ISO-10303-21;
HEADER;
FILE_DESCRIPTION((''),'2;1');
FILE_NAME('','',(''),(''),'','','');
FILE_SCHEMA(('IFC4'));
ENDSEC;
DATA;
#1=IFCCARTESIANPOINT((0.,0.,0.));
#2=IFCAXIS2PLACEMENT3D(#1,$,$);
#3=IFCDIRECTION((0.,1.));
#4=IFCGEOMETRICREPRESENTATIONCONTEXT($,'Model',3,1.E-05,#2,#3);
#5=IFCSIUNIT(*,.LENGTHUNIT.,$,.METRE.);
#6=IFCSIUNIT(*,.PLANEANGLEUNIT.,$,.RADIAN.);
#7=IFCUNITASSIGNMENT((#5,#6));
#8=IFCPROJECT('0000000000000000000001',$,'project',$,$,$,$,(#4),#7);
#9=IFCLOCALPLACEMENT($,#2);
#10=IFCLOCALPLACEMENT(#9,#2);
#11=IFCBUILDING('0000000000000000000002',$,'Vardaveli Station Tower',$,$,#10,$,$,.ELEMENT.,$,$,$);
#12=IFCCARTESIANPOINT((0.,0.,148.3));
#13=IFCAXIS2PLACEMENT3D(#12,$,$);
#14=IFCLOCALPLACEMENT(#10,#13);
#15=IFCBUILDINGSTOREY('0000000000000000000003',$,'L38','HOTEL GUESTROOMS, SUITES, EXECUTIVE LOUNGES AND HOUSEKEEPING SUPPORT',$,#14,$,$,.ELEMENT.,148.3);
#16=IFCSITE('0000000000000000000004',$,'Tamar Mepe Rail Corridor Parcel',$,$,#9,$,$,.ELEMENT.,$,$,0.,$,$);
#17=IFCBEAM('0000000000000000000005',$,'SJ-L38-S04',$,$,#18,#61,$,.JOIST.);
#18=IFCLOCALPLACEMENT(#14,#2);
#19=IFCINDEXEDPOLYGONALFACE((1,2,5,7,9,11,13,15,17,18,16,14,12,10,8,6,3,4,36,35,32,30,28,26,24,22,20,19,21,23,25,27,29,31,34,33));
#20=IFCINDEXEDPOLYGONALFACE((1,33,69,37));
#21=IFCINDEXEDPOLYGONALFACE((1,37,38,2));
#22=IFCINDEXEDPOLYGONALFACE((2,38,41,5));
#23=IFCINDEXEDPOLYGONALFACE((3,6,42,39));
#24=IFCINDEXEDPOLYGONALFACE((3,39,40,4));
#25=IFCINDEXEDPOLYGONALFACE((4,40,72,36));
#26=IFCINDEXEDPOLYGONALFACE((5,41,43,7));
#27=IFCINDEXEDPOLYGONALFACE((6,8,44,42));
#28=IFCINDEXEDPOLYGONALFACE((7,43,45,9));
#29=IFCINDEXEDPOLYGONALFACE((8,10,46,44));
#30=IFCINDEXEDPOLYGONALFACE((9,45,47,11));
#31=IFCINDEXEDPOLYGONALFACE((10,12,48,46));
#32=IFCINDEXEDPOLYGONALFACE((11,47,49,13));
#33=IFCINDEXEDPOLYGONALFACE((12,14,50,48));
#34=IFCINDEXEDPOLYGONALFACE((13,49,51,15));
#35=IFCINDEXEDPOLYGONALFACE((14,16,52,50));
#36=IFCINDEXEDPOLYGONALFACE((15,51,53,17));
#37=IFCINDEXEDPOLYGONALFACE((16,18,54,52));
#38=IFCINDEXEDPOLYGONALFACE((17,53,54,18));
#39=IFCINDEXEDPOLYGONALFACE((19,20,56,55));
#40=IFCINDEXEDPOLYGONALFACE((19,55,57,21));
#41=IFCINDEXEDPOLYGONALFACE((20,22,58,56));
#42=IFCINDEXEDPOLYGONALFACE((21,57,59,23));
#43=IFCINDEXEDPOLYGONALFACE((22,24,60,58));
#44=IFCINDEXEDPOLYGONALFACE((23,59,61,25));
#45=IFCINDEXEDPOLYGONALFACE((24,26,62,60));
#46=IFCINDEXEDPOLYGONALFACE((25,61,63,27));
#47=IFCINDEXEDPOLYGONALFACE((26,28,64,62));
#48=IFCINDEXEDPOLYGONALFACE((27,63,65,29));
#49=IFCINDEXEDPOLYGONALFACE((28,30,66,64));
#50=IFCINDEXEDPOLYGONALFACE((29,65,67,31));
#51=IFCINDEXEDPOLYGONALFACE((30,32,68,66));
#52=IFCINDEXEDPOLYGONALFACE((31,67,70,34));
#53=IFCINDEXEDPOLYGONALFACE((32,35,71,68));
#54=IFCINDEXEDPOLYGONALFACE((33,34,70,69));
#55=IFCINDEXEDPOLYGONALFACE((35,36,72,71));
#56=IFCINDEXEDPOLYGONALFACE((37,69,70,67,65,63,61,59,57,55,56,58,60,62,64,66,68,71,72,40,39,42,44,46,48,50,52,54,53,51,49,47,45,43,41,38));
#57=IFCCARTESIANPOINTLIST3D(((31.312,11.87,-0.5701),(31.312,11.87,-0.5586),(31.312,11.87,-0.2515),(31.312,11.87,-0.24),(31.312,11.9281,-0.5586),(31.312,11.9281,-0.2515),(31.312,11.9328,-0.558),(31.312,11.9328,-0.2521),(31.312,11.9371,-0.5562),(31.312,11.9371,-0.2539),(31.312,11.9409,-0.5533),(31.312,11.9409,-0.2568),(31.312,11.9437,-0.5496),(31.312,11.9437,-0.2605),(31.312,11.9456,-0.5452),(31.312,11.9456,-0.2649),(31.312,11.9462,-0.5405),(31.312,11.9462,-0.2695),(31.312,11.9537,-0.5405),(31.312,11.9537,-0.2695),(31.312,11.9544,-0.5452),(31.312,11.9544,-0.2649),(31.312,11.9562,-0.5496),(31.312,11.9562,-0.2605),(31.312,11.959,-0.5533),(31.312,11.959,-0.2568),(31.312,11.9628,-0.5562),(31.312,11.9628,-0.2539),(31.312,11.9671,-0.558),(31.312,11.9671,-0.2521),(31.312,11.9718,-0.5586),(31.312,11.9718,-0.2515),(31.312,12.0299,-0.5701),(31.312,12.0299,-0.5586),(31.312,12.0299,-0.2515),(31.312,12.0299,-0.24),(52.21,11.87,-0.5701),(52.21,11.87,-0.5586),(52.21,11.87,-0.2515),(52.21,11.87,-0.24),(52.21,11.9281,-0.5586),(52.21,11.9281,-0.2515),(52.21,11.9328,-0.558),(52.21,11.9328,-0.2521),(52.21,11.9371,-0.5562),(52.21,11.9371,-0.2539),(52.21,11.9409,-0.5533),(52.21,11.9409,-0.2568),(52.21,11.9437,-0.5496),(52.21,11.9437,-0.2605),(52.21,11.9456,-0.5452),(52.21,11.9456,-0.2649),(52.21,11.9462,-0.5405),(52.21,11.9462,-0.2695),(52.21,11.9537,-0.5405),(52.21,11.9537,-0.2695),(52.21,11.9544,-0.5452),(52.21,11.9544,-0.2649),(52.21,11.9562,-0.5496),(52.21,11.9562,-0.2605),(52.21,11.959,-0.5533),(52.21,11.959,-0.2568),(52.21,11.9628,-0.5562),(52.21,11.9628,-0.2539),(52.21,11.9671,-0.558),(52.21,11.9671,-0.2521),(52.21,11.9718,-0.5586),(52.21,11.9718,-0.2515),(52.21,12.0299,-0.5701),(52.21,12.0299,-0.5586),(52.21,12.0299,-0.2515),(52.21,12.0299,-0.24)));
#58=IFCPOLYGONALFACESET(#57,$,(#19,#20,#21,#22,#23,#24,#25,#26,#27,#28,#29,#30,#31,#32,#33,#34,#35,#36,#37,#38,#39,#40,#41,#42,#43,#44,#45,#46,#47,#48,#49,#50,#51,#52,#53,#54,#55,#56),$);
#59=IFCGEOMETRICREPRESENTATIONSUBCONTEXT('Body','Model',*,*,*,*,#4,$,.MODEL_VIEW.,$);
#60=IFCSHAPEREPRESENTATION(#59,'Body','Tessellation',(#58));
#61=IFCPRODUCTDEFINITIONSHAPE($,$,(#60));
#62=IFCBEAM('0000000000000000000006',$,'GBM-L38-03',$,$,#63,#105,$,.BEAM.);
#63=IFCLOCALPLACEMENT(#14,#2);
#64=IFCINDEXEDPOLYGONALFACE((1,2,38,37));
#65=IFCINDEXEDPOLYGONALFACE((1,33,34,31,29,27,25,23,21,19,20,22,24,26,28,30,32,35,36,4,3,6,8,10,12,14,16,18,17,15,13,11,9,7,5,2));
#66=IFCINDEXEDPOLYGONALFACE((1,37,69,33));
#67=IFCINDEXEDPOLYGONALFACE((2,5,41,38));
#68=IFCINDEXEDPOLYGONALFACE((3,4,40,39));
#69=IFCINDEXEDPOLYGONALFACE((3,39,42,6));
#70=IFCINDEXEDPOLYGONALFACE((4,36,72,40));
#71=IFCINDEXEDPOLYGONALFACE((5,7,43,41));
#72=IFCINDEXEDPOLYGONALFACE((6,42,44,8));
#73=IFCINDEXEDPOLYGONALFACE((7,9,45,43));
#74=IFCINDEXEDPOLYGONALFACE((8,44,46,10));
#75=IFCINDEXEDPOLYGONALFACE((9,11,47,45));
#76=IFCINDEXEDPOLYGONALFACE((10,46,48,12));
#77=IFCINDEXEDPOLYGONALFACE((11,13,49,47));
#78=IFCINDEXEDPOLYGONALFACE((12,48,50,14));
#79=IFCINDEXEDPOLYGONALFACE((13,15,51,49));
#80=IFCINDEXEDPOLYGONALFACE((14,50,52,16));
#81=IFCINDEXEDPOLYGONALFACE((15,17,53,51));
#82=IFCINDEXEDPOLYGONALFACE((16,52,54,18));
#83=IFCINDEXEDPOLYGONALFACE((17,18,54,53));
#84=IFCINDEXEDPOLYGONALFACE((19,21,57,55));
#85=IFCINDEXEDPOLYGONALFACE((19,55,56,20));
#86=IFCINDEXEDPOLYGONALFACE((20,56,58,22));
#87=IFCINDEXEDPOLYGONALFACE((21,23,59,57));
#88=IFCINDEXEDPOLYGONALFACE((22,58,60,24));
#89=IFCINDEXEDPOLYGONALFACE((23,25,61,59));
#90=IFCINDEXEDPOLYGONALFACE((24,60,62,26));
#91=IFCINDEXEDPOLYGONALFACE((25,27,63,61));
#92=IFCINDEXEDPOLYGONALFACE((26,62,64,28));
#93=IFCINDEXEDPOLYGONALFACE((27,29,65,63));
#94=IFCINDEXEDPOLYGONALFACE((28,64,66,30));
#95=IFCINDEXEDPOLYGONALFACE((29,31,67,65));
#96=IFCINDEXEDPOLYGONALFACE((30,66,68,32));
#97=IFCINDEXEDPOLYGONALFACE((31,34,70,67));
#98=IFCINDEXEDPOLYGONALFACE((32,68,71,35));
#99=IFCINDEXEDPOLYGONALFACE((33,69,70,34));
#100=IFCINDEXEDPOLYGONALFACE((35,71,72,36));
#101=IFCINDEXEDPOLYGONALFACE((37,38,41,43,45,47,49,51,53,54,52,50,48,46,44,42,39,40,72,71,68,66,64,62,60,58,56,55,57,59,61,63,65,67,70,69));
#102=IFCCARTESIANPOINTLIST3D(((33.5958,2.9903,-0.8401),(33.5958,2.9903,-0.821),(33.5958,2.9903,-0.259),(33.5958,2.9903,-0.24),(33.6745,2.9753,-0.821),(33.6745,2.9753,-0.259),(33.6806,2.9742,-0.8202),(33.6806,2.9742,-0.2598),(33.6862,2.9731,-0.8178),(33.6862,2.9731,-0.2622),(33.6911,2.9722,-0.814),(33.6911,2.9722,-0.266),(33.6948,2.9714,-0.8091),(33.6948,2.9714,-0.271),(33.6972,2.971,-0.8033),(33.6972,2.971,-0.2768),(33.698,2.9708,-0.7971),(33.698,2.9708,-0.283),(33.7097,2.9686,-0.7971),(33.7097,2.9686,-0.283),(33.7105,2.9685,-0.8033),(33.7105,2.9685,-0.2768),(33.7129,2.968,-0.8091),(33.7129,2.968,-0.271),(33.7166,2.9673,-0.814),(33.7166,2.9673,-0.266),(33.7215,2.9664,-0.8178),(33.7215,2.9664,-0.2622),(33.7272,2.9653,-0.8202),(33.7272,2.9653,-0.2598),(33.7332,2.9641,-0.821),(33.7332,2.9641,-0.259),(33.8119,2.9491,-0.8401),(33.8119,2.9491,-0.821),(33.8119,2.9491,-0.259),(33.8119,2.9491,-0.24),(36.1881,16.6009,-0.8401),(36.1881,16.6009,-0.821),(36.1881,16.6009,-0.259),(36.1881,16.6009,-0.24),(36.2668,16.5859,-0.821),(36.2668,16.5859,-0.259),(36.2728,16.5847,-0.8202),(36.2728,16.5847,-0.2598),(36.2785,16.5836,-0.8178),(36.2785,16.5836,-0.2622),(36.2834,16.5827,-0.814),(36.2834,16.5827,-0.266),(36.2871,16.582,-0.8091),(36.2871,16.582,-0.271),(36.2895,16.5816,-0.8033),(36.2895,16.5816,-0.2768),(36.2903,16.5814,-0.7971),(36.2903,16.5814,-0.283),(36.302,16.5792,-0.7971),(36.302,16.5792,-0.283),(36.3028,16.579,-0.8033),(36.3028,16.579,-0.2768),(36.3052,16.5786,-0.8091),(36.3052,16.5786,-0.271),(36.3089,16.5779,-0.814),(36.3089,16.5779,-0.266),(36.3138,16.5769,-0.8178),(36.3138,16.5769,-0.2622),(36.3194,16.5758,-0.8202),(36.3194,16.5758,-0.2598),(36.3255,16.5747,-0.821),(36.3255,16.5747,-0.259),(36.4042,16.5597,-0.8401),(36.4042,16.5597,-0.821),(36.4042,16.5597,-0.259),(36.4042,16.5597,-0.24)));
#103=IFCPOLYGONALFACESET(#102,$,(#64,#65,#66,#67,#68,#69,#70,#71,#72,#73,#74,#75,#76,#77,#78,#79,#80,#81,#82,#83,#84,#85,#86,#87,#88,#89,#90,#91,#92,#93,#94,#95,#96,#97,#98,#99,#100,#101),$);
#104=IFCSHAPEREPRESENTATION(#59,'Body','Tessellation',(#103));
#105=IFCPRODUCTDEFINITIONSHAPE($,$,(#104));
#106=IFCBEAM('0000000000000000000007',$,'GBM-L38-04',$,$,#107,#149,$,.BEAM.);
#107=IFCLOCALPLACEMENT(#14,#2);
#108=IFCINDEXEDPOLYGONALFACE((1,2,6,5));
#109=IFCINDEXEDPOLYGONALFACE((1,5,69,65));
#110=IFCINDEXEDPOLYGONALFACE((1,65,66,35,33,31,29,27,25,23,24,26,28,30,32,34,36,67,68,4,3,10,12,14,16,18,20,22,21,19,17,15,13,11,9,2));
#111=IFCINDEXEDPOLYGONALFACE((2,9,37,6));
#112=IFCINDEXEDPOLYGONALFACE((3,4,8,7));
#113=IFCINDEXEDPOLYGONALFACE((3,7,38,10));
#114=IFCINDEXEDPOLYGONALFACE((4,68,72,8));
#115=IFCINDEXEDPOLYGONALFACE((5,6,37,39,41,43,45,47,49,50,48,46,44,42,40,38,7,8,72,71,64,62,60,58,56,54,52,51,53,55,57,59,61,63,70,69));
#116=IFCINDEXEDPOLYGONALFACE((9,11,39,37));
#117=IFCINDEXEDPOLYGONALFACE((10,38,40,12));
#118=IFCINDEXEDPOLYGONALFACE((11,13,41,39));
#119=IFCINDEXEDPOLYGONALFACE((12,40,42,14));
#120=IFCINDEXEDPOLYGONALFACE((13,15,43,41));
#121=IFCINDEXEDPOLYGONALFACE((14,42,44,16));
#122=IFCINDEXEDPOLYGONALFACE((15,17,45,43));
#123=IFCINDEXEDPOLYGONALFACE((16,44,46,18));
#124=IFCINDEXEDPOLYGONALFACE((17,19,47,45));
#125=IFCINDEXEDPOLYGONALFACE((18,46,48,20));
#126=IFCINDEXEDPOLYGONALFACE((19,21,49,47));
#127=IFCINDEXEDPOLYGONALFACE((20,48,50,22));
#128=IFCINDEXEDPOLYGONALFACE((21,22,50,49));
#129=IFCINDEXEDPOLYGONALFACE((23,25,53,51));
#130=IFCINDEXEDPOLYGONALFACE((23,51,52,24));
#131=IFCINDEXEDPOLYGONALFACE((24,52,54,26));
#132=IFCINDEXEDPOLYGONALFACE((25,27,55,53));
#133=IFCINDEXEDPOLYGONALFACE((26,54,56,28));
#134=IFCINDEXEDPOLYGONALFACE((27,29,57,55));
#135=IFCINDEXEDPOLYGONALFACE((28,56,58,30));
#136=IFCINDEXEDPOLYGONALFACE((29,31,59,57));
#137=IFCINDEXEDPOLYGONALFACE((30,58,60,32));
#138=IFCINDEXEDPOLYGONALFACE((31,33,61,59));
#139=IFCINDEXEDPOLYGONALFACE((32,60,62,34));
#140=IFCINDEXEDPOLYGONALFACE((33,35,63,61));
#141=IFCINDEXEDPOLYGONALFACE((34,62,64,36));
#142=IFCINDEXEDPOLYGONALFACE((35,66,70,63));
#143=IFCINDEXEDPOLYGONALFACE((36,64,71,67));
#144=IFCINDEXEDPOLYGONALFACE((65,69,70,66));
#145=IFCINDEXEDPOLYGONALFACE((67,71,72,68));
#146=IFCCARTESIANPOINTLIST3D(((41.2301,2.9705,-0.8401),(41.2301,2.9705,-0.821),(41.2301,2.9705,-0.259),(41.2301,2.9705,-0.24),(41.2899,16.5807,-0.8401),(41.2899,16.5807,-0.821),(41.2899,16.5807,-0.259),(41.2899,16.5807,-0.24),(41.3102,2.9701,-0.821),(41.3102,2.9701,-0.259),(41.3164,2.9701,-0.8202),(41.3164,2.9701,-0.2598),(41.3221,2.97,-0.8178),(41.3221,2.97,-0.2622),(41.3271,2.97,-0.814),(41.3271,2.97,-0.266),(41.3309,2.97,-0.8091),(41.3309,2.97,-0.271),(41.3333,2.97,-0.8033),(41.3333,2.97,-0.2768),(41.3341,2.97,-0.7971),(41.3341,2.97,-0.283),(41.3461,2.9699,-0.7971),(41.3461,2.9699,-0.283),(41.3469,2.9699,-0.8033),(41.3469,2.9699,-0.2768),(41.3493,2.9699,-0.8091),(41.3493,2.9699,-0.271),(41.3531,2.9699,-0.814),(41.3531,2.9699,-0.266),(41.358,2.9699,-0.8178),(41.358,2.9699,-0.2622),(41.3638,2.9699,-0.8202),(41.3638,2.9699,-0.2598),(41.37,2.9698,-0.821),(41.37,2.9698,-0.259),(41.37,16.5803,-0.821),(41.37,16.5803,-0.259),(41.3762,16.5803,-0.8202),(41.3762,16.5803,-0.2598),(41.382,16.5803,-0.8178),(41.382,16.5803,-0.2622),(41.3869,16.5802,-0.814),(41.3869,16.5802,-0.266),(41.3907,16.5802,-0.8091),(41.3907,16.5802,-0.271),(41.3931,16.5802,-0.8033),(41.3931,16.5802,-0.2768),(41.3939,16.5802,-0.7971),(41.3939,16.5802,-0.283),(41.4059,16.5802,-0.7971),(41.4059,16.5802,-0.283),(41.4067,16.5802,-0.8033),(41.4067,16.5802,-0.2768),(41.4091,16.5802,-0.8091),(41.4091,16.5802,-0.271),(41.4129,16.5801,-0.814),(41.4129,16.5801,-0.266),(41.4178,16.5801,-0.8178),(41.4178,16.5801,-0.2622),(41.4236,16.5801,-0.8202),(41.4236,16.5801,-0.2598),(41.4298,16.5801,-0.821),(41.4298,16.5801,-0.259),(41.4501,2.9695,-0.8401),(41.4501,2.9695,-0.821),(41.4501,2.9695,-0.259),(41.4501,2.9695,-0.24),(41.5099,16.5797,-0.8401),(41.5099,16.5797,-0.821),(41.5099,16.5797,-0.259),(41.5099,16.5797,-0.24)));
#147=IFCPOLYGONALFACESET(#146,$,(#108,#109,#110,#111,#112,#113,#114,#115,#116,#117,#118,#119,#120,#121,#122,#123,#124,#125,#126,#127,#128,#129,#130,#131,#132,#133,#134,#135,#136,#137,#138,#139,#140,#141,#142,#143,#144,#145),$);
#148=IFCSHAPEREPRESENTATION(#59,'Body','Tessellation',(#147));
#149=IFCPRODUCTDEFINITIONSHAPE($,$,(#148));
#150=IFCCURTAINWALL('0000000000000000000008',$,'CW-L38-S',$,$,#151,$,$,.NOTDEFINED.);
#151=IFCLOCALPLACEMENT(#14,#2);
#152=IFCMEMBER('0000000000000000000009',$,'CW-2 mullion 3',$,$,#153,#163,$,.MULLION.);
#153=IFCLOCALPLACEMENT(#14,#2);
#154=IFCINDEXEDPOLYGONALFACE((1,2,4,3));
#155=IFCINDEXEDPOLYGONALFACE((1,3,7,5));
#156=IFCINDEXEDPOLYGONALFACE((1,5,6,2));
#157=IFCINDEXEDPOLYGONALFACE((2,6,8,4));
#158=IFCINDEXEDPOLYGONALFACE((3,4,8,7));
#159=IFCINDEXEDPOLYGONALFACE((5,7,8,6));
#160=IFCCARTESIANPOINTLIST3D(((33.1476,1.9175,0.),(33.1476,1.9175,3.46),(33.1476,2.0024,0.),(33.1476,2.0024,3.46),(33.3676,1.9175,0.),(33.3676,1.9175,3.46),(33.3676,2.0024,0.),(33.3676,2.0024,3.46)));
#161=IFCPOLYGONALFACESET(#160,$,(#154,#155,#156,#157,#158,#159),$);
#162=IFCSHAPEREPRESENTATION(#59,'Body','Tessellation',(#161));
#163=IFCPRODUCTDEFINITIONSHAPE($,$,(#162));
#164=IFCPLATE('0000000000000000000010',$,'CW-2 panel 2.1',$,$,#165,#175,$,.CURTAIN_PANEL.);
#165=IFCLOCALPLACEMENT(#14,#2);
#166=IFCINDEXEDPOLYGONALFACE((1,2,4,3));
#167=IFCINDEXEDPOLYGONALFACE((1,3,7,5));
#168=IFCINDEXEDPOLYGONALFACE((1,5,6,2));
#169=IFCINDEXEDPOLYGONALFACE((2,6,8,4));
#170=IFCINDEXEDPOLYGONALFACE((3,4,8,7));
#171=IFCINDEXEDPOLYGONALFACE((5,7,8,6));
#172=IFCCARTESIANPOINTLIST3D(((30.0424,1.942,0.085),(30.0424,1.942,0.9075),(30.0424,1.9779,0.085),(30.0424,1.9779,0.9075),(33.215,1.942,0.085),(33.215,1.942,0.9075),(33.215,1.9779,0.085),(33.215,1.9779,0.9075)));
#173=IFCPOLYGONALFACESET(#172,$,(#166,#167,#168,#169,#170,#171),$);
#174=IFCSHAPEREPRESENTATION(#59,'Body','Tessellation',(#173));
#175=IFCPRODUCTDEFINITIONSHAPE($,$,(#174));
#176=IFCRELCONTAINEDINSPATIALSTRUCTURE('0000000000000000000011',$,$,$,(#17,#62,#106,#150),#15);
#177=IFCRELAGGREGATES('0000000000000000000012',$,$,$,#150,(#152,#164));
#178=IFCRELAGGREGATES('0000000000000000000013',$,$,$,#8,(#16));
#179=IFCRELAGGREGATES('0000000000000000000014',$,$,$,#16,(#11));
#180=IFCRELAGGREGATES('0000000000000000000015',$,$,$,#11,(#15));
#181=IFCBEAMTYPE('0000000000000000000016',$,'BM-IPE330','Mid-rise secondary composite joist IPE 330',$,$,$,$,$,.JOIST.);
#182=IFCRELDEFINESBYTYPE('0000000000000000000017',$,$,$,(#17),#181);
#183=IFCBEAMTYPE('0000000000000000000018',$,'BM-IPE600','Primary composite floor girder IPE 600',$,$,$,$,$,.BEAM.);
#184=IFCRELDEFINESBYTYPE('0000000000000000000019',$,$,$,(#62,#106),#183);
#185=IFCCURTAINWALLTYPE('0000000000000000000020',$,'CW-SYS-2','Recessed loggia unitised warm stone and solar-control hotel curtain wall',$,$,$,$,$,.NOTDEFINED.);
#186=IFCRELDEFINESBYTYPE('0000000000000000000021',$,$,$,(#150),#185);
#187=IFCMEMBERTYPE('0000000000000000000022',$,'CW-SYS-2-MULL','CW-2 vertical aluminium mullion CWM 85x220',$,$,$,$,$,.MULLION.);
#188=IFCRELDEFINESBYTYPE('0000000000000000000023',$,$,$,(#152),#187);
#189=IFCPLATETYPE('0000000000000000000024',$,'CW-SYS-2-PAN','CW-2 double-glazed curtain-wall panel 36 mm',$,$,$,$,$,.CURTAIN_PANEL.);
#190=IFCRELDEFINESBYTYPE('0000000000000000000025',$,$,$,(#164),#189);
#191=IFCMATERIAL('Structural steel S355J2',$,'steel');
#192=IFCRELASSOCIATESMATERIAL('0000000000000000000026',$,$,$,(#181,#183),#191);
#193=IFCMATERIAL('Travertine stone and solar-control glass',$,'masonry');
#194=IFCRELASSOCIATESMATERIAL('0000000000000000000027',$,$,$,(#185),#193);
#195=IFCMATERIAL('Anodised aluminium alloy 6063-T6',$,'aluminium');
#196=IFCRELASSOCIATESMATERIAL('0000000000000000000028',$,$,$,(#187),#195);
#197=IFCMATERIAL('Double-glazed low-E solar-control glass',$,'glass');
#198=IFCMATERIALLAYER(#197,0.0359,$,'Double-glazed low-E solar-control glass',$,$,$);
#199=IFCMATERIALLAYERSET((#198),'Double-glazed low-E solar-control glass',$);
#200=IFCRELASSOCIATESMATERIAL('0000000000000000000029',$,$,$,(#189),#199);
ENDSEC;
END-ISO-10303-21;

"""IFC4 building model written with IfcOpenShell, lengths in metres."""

from ifc_helpers import new_model, si_unit, direction, frame, origin, origin_2d, place, context, subcontext, project, spatial, rectangle, i_section, extrude, source, transform, mapped, material, layer, layer_set, material_profile, profile_set, type_object, element, aggregate, save


model = new_model("IFC4")

# Units and contexts
model_context = context("Model", 3, precision=1e-05, world=origin(), true_north=direction((0.0, 1.0)))
body_context = subcontext(model_context, "Body", "Model", "MODEL_VIEW")
ifc_project = project(units=[si_unit("LENGTHUNIT", "METRE"), si_unit("PLANEANGLEUNIT", "RADIAN")], contexts=[model_context])

# Site, building, storey
site_placement = place(None, origin())
site = spatial("IfcSite", under=ifc_project, at=site_placement, Name="Tamar Mepe Rail Corridor Parcel", CompositionType="ELEMENT", RefElevation=0.0)
building_placement = place(site_placement, origin())
building = spatial("IfcBuilding", under=site, at=building_placement, Name="Vardaveli Station Tower", CompositionType="ELEMENT")
storey_placement = place(building_placement, frame((0.0, 0.0, 148.3)))
storey = spatial("IfcBuildingStorey", under=building, at=storey_placement, Name="L38", Description="HOTEL GUESTROOMS, SUITES, EXECUTIVE LOUNGES AND HOUSEKEEPING SUPPORT", CompositionType="ELEMENT", Elevation=148.3)

# Beams
ifc_material_1 = material(Name="Structural steel S355J2", Category="steel")
ifc_material_profile_1 = material_profile(ifc_material_1, i_section(OverallWidth=0.1599, OverallDepth=0.3301, WebThickness=0.0076, FlangeThickness=0.0115, FilletRadius=0.0181, at=origin_2d()), Name="IPE 330")
ifc_profile_set_1 = profile_set([ifc_material_profile_1], Name="Structural steel S355J2")
beam_type_1 = type_object("IfcBeamType", Name="BM-IPE330", Description="Mid-rise secondary composite joist IPE 330", PredefinedType="JOIST", material=ifc_profile_set_1)
shared_shape_1 = source(origin(), body_context, "Body", "SweptSolid", [
    extrude(i_section(OverallWidth=0.1599, OverallDepth=0.3301, WebThickness=0.0076, FlangeThickness=0.0115, FilletRadius=0.0181, at=origin_2d()), origin(), (0.0, 0.0, 1.0), 20.8979),
])
for number, where, z_axis, x_axis, name in (
    (1, (31.312, 11.95, -0.405), (1.0, 0.0, 0.0), (0.0, 1.0, 0.0), "SJ-L38-S04"),
):
    element("IfcBeam", number, at=place(storey_placement, frame(where, z_axis=z_axis, x_axis=x_axis)), inside=storey, type_object=beam_type_1, Name=name, PredefinedType="JOIST", context=body_context, shape_type="MappedRepresentation", body=[
        mapped(shared_shape_1, transform((0.0, 0.0, 0.0), scale=1.0)),
    ])
ifc_material_profile_2 = material_profile(ifc_material_1, i_section(OverallWidth=0.22, OverallDepth=0.6001, WebThickness=0.012, FlangeThickness=0.019, FilletRadius=0.0239, at=origin_2d()), Name="IPE 600")
ifc_profile_set_2 = profile_set([ifc_material_profile_2], Name="Structural steel S355J2")
beam_type_2 = type_object("IfcBeamType", Name="BM-IPE600", Description="Primary composite floor girder IPE 600", PredefinedType="BEAM", material=ifc_profile_set_2)
shared_shape_2 = source(origin(), body_context, "Body", "SweptSolid", [
    extrude(i_section(OverallWidth=0.22, OverallDepth=0.6001, WebThickness=0.012, FlangeThickness=0.019, FilletRadius=0.0239, at=origin_2d()), origin(), (0.0, 0.0, 1.0), 13.8552),
])
beam_1_placement = place(storey_placement, frame((33.7039, 2.9697, -0.54), z_axis=(0.187098, 0.982341, 0.0), x_axis=(-0.982341, 0.187098, 0.0)))
element("IfcBeam", 2, at=beam_1_placement, inside=storey, type_object=beam_type_2, Name="GBM-L38-03", PredefinedType="BEAM", context=body_context, shape_type="MappedRepresentation", body=[
    mapped(shared_shape_2, transform((0.0, 0.0, 0.0), scale=1.0)),
])
shared_shape_3 = source(origin(), body_context, "Body", "SweptSolid", [
    extrude(i_section(OverallWidth=0.22, OverallDepth=0.6001, WebThickness=0.012, FlangeThickness=0.019, FilletRadius=0.0239, at=origin_2d()), origin(), (0.0, 0.0, 1.0), 13.6104),
])
beam_2_placement = place(storey_placement, frame((41.3401, 2.97, -0.54), z_axis=(0.004395, 0.99999, 0.0), x_axis=(-0.99999, 0.004395, 0.0)))
element("IfcBeam", 3, at=beam_2_placement, inside=storey, type_object=beam_type_2, Name="GBM-L38-04", PredefinedType="BEAM", context=body_context, shape_type="MappedRepresentation", body=[
    mapped(shared_shape_3, transform((0.0, 0.0, 0.0), scale=1.0)),
])

# Curtain wall, member, plate
ifc_material_2 = material(Name="Travertine stone and solar-control glass", Category="masonry")
curtain_wall_type = type_object("IfcCurtainWallType", Name="CW-SYS-2", Description="Recessed loggia unitised warm stone and solar-control hotel curtain wall", PredefinedType="NOTDEFINED", material=ifc_material_2)
curtain_wall_placement = place(storey_placement, origin())
curtain_wall = element("IfcCurtainWall", 4, at=curtain_wall_placement, inside=storey, type_object=curtain_wall_type, Name="CW-L38-S", PredefinedType="NOTDEFINED")
ifc_material_3 = material(Name="Anodised aluminium alloy 6063-T6", Category="aluminium")
ifc_material_profile_3 = material_profile(ifc_material_3, rectangle(XDim=0.085, YDim=0.22, at=origin_2d()), Name="CWM 85x220")
ifc_profile_set_3 = profile_set([ifc_material_profile_3], Name="Anodised aluminium alloy 6063-T6")
member_type = type_object("IfcMemberType", Name="CW-SYS-2-MULL", Description="CW-2 vertical aluminium mullion CWM 85x220", PredefinedType="MULLION", material=ifc_profile_set_3)
shared_shape_4 = source(origin(), body_context, "Body", "SweptSolid", [
    extrude(rectangle(XDim=0.085, YDim=0.22, at=origin_2d()), origin(), (0.0, 0.0, 1.0), 3.46),
])
member_placement = place(storey_placement, frame((33.2576, 1.96, 0.0), z_axis=(0.0, 0.0, 1.0), x_axis=(0.0, 1.0, 0.0)))
member = element("IfcMember", 5, at=member_placement, type_object=member_type, Name="CW-2 mullion 3", PredefinedType="MULLION", context=body_context, shape_type="MappedRepresentation", body=[
    mapped(shared_shape_4, transform((0.0, 0.0, 0.0), scale=1.0)),
])
ifc_material_4 = material(Name="Double-glazed low-E solar-control glass", Category="glass")
ifc_layer_1 = layer(ifc_material_4, 0.0359, Name="Double-glazed low-E solar-control glass")
ifc_layer_set_1 = layer_set([ifc_layer_1], Name="Double-glazed low-E solar-control glass")
plate_type = type_object("IfcPlateType", Name="CW-SYS-2-PAN", Description="CW-2 double-glazed curtain-wall panel 36 mm", PredefinedType="CURTAIN_PANEL", material=ifc_layer_set_1)
shared_shape_5 = source(origin(), body_context, "Body", "SweptSolid", [
    extrude(rectangle(XDim=3.1726, YDim=0.0359, at=origin_2d()), origin(), (0.0, 0.0, 1.0), 0.8225),
])
plate_1_placement = place(storey_placement, frame((31.6287, 1.96, 0.085), z_axis=(0.0, 0.0, 1.0), x_axis=(1.0, 0.0, 0.0)))
plate_1 = element("IfcPlate", 6, at=plate_1_placement, type_object=plate_type, Name="CW-2 panel 2.1", PredefinedType="CURTAIN_PANEL", context=body_context, shape_type="MappedRepresentation", body=[
    mapped(shared_shape_5, transform((0.0, 0.0, 0.0), scale=1.0)),
])
aggregate(curtain_wall, [member, plate_1])

save(model, "model.ifc")
